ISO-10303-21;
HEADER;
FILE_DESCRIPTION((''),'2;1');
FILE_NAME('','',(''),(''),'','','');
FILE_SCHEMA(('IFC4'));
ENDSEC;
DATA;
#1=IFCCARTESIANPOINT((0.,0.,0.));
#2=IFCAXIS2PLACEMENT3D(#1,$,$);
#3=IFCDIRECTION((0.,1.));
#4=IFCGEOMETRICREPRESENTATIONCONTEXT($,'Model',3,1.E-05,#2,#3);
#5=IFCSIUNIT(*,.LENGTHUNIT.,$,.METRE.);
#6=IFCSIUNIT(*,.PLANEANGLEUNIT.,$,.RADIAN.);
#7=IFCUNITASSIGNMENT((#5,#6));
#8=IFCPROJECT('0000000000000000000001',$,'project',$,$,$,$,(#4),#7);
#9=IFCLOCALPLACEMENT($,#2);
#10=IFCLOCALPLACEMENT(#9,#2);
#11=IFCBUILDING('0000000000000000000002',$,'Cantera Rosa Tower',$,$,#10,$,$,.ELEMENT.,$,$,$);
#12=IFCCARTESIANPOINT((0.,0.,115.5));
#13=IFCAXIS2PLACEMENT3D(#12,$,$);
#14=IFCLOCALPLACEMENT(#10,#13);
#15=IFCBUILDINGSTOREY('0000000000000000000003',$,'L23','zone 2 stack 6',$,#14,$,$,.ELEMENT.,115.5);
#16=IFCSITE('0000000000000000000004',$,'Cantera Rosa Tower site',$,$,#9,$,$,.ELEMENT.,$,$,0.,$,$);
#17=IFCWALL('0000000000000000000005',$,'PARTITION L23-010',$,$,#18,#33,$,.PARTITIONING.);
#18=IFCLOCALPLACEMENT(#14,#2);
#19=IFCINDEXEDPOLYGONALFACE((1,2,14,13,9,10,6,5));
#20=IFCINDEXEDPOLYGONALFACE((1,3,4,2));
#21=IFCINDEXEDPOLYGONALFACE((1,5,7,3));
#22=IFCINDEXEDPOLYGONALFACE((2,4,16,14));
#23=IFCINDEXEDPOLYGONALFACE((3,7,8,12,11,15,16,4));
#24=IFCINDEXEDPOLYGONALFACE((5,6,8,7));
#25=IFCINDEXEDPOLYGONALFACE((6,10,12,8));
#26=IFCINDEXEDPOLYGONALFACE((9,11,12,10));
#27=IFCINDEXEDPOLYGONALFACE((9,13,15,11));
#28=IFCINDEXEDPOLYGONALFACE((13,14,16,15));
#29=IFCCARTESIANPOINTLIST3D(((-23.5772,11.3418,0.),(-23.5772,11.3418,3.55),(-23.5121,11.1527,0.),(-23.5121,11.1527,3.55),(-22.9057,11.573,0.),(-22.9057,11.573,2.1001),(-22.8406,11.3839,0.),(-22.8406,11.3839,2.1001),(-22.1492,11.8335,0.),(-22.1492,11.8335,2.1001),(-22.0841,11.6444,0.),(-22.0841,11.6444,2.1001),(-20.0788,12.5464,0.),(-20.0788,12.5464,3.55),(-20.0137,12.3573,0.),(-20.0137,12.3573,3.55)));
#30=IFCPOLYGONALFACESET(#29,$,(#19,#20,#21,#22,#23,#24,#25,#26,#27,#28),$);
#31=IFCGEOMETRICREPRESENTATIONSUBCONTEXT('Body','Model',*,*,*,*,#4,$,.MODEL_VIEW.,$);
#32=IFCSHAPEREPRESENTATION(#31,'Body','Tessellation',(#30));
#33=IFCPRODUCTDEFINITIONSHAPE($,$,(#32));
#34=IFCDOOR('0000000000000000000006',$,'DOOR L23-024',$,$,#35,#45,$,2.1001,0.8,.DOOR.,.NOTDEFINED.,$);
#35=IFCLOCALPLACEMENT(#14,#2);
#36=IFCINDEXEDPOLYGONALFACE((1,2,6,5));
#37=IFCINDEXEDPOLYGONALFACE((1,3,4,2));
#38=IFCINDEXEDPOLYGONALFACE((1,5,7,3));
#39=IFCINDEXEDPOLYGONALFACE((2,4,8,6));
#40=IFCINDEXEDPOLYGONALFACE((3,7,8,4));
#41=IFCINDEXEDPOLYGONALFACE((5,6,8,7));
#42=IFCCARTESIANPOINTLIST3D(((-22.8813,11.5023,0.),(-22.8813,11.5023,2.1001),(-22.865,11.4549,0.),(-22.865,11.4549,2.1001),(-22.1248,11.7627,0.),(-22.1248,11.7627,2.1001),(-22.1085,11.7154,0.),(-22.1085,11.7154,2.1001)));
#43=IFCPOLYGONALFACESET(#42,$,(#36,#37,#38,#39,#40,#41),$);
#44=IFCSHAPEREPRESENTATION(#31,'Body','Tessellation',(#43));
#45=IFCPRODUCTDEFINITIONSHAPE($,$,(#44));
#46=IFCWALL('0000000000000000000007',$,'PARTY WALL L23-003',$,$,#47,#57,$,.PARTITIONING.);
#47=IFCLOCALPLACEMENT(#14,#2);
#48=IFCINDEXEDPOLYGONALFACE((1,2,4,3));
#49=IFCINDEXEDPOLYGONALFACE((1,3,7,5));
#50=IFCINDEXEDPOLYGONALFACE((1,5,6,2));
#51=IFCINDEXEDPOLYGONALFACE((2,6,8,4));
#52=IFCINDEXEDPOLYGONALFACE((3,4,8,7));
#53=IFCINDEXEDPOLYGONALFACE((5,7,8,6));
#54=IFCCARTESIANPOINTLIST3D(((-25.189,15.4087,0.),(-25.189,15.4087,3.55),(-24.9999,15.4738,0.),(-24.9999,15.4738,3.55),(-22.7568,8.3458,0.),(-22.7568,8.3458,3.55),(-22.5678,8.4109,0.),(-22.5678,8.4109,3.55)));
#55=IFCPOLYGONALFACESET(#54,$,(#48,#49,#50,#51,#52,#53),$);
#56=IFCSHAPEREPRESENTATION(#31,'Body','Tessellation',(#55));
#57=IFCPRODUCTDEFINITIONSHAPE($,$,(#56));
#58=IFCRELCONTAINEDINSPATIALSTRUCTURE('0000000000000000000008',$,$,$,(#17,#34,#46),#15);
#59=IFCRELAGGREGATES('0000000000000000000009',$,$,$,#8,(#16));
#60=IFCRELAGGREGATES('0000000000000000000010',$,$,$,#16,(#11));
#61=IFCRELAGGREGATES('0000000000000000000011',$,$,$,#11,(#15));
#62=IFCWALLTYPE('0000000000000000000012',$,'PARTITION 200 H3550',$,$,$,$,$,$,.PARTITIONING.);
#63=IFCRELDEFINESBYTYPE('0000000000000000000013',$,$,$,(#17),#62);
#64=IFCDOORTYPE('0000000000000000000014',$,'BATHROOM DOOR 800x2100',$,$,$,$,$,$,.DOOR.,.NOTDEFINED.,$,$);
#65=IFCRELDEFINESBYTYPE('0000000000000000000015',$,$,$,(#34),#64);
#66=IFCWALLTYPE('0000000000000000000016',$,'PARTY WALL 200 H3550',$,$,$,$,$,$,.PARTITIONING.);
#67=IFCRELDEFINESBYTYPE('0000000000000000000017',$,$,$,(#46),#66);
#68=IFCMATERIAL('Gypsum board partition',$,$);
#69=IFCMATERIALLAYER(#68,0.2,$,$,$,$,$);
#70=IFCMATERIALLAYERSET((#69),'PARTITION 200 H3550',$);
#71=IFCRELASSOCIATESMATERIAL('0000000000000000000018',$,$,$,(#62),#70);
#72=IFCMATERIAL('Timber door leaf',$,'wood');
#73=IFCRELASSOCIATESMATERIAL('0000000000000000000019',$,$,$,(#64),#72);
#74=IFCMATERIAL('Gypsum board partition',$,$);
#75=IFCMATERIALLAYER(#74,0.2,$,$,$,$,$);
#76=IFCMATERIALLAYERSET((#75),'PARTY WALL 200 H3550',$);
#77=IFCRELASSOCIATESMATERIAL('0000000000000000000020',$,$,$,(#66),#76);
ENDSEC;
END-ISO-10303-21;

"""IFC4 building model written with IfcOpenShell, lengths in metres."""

from ifc_helpers import new_model, si_unit, direction, frame, frame_2d, origin, place, context, subcontext, project, spatial, rectangle, extrude, material, layer, layer_set, type_object, element, fill, save


model = new_model("IFC4")

# Units and contexts
model_context = context("Model", 3, precision=1e-05, world=origin(), true_north=direction((0.0, 1.0)))
body_context = subcontext(model_context, "Body", "Model", "MODEL_VIEW")
ifc_project = project(units=[si_unit("LENGTHUNIT", "METRE"), si_unit("PLANEANGLEUNIT", "RADIAN")], contexts=[model_context])

# Site, building, storey
site_placement = place(None, origin())
site = spatial("IfcSite", under=ifc_project, at=site_placement, Name="Cantera Rosa Tower site", CompositionType="ELEMENT", RefElevation=0.0)
building_placement = place(site_placement, origin())
building = spatial("IfcBuilding", under=site, at=building_placement, Name="Cantera Rosa Tower", CompositionType="ELEMENT")
storey_placement = place(building_placement, frame((0.0, 0.0, 115.5)))
storey = spatial("IfcBuildingStorey", under=building, at=storey_placement, Name="L23", Description="zone 2 stack 6", CompositionType="ELEMENT", Elevation=115.5)

# Shared definitions
ifc_material_1 = material(Name="Gypsum board partition")
ifc_layer_1 = layer(ifc_material_1, 0.2)
ifc_layer_set_1 = layer_set([ifc_layer_1], Name="PARTITION 200 H3550")
wall_type_1 = type_object("IfcWallType", Name="PARTITION 200 H3550", PredefinedType="PARTITIONING", material=ifc_layer_set_1)

# Wall, opening, door
wall_1_placement = place(storey_placement, frame((-20.0461, 12.4519, 0.0), z_axis=(0.0, 0.0, 1.0), x_axis=(-0.945516, -0.325576, 0.0)))
wall_1 = element("IfcWall", 1, at=wall_1_placement, inside=storey, type_object=wall_type_1, Name="PARTITION L23-010", PredefinedType="PARTITIONING", context=body_context, shape_type="SweptSolid", body=[
    extrude(rectangle(XDim=3.7, YDim=0.2, at=frame_2d((1.8501, 0.0))), origin(), (0.0, 0.0, 1.0), 3.55),
])
opening_1_placement = place(wall_1_placement, frame((2.1899, 0.0, 0.0)))
opening_1 = element("IfcOpeningElement", 2, at=opening_1_placement, cuts=wall_1, PredefinedType="OPENING", context=body_context, shape_type="SweptSolid", body=[
    extrude(rectangle(XDim=0.8, YDim=2.1001, at=frame_2d((0.3999, 1.05))), frame((0.0, 0.1099, 0.0), z_axis=(0.0, -1.0, 0.0), x_axis=(1.0, 0.0, 0.0)), (0.0, 0.0, 1.0), 0.22),
])
ifc_material_2 = material(Name="Timber door leaf", Category="wood")
door_type_1 = type_object("IfcDoorType", Name="BATHROOM DOOR 800x2100", OperationType="NOTDEFINED", PredefinedType="DOOR", material=ifc_material_2)
door_1_placement = place(opening_1_placement, origin())
door_1 = element("IfcDoor", 3, at=door_1_placement, inside=storey, type_object=door_type_1, Name="DOOR L23-024", OperationType="NOTDEFINED", OverallHeight=2.1001, OverallWidth=0.8, PredefinedType="DOOR", context=body_context, shape_type="SweptSolid", body=[
    extrude(rectangle(XDim=0.8, YDim=2.1001, at=frame_2d((0.3999, 1.05))), frame((0.0, 0.0249, 0.0), z_axis=(0.0, -1.0, 0.0), x_axis=(1.0, 0.0, 0.0)), (0.0, 0.0, 1.0), 0.05),
])
fill(opening_1, door_1)

# Wall
ifc_material_3 = material(Name="Gypsum board partition")
ifc_layer_2 = layer(ifc_material_3, 0.2)
ifc_layer_set_2 = layer_set([ifc_layer_2], Name="PARTY WALL 200 H3550")
wall_type_2 = type_object("IfcWallType", Name="PARTY WALL 200 H3550", PredefinedType="PARTITIONING", material=ifc_layer_set_2)
wall_2_placement = place(storey_placement, frame((-22.6624, 8.3784, 0.0), z_axis=(0.0, 0.0, 1.0), x_axis=(-0.325586, 0.945513, 0.0)))
element("IfcWall", 4, at=wall_2_placement, inside=storey, type_object=wall_type_2, Name="PARTY WALL L23-003", PredefinedType="PARTITIONING", context=body_context, shape_type="SweptSolid", body=[
    extrude(rectangle(XDim=7.47, YDim=0.2, at=frame_2d((3.7349, 0.0))), origin(), (0.0, 0.0, 1.0), 3.55),
])

save(model, "model.ifc")
